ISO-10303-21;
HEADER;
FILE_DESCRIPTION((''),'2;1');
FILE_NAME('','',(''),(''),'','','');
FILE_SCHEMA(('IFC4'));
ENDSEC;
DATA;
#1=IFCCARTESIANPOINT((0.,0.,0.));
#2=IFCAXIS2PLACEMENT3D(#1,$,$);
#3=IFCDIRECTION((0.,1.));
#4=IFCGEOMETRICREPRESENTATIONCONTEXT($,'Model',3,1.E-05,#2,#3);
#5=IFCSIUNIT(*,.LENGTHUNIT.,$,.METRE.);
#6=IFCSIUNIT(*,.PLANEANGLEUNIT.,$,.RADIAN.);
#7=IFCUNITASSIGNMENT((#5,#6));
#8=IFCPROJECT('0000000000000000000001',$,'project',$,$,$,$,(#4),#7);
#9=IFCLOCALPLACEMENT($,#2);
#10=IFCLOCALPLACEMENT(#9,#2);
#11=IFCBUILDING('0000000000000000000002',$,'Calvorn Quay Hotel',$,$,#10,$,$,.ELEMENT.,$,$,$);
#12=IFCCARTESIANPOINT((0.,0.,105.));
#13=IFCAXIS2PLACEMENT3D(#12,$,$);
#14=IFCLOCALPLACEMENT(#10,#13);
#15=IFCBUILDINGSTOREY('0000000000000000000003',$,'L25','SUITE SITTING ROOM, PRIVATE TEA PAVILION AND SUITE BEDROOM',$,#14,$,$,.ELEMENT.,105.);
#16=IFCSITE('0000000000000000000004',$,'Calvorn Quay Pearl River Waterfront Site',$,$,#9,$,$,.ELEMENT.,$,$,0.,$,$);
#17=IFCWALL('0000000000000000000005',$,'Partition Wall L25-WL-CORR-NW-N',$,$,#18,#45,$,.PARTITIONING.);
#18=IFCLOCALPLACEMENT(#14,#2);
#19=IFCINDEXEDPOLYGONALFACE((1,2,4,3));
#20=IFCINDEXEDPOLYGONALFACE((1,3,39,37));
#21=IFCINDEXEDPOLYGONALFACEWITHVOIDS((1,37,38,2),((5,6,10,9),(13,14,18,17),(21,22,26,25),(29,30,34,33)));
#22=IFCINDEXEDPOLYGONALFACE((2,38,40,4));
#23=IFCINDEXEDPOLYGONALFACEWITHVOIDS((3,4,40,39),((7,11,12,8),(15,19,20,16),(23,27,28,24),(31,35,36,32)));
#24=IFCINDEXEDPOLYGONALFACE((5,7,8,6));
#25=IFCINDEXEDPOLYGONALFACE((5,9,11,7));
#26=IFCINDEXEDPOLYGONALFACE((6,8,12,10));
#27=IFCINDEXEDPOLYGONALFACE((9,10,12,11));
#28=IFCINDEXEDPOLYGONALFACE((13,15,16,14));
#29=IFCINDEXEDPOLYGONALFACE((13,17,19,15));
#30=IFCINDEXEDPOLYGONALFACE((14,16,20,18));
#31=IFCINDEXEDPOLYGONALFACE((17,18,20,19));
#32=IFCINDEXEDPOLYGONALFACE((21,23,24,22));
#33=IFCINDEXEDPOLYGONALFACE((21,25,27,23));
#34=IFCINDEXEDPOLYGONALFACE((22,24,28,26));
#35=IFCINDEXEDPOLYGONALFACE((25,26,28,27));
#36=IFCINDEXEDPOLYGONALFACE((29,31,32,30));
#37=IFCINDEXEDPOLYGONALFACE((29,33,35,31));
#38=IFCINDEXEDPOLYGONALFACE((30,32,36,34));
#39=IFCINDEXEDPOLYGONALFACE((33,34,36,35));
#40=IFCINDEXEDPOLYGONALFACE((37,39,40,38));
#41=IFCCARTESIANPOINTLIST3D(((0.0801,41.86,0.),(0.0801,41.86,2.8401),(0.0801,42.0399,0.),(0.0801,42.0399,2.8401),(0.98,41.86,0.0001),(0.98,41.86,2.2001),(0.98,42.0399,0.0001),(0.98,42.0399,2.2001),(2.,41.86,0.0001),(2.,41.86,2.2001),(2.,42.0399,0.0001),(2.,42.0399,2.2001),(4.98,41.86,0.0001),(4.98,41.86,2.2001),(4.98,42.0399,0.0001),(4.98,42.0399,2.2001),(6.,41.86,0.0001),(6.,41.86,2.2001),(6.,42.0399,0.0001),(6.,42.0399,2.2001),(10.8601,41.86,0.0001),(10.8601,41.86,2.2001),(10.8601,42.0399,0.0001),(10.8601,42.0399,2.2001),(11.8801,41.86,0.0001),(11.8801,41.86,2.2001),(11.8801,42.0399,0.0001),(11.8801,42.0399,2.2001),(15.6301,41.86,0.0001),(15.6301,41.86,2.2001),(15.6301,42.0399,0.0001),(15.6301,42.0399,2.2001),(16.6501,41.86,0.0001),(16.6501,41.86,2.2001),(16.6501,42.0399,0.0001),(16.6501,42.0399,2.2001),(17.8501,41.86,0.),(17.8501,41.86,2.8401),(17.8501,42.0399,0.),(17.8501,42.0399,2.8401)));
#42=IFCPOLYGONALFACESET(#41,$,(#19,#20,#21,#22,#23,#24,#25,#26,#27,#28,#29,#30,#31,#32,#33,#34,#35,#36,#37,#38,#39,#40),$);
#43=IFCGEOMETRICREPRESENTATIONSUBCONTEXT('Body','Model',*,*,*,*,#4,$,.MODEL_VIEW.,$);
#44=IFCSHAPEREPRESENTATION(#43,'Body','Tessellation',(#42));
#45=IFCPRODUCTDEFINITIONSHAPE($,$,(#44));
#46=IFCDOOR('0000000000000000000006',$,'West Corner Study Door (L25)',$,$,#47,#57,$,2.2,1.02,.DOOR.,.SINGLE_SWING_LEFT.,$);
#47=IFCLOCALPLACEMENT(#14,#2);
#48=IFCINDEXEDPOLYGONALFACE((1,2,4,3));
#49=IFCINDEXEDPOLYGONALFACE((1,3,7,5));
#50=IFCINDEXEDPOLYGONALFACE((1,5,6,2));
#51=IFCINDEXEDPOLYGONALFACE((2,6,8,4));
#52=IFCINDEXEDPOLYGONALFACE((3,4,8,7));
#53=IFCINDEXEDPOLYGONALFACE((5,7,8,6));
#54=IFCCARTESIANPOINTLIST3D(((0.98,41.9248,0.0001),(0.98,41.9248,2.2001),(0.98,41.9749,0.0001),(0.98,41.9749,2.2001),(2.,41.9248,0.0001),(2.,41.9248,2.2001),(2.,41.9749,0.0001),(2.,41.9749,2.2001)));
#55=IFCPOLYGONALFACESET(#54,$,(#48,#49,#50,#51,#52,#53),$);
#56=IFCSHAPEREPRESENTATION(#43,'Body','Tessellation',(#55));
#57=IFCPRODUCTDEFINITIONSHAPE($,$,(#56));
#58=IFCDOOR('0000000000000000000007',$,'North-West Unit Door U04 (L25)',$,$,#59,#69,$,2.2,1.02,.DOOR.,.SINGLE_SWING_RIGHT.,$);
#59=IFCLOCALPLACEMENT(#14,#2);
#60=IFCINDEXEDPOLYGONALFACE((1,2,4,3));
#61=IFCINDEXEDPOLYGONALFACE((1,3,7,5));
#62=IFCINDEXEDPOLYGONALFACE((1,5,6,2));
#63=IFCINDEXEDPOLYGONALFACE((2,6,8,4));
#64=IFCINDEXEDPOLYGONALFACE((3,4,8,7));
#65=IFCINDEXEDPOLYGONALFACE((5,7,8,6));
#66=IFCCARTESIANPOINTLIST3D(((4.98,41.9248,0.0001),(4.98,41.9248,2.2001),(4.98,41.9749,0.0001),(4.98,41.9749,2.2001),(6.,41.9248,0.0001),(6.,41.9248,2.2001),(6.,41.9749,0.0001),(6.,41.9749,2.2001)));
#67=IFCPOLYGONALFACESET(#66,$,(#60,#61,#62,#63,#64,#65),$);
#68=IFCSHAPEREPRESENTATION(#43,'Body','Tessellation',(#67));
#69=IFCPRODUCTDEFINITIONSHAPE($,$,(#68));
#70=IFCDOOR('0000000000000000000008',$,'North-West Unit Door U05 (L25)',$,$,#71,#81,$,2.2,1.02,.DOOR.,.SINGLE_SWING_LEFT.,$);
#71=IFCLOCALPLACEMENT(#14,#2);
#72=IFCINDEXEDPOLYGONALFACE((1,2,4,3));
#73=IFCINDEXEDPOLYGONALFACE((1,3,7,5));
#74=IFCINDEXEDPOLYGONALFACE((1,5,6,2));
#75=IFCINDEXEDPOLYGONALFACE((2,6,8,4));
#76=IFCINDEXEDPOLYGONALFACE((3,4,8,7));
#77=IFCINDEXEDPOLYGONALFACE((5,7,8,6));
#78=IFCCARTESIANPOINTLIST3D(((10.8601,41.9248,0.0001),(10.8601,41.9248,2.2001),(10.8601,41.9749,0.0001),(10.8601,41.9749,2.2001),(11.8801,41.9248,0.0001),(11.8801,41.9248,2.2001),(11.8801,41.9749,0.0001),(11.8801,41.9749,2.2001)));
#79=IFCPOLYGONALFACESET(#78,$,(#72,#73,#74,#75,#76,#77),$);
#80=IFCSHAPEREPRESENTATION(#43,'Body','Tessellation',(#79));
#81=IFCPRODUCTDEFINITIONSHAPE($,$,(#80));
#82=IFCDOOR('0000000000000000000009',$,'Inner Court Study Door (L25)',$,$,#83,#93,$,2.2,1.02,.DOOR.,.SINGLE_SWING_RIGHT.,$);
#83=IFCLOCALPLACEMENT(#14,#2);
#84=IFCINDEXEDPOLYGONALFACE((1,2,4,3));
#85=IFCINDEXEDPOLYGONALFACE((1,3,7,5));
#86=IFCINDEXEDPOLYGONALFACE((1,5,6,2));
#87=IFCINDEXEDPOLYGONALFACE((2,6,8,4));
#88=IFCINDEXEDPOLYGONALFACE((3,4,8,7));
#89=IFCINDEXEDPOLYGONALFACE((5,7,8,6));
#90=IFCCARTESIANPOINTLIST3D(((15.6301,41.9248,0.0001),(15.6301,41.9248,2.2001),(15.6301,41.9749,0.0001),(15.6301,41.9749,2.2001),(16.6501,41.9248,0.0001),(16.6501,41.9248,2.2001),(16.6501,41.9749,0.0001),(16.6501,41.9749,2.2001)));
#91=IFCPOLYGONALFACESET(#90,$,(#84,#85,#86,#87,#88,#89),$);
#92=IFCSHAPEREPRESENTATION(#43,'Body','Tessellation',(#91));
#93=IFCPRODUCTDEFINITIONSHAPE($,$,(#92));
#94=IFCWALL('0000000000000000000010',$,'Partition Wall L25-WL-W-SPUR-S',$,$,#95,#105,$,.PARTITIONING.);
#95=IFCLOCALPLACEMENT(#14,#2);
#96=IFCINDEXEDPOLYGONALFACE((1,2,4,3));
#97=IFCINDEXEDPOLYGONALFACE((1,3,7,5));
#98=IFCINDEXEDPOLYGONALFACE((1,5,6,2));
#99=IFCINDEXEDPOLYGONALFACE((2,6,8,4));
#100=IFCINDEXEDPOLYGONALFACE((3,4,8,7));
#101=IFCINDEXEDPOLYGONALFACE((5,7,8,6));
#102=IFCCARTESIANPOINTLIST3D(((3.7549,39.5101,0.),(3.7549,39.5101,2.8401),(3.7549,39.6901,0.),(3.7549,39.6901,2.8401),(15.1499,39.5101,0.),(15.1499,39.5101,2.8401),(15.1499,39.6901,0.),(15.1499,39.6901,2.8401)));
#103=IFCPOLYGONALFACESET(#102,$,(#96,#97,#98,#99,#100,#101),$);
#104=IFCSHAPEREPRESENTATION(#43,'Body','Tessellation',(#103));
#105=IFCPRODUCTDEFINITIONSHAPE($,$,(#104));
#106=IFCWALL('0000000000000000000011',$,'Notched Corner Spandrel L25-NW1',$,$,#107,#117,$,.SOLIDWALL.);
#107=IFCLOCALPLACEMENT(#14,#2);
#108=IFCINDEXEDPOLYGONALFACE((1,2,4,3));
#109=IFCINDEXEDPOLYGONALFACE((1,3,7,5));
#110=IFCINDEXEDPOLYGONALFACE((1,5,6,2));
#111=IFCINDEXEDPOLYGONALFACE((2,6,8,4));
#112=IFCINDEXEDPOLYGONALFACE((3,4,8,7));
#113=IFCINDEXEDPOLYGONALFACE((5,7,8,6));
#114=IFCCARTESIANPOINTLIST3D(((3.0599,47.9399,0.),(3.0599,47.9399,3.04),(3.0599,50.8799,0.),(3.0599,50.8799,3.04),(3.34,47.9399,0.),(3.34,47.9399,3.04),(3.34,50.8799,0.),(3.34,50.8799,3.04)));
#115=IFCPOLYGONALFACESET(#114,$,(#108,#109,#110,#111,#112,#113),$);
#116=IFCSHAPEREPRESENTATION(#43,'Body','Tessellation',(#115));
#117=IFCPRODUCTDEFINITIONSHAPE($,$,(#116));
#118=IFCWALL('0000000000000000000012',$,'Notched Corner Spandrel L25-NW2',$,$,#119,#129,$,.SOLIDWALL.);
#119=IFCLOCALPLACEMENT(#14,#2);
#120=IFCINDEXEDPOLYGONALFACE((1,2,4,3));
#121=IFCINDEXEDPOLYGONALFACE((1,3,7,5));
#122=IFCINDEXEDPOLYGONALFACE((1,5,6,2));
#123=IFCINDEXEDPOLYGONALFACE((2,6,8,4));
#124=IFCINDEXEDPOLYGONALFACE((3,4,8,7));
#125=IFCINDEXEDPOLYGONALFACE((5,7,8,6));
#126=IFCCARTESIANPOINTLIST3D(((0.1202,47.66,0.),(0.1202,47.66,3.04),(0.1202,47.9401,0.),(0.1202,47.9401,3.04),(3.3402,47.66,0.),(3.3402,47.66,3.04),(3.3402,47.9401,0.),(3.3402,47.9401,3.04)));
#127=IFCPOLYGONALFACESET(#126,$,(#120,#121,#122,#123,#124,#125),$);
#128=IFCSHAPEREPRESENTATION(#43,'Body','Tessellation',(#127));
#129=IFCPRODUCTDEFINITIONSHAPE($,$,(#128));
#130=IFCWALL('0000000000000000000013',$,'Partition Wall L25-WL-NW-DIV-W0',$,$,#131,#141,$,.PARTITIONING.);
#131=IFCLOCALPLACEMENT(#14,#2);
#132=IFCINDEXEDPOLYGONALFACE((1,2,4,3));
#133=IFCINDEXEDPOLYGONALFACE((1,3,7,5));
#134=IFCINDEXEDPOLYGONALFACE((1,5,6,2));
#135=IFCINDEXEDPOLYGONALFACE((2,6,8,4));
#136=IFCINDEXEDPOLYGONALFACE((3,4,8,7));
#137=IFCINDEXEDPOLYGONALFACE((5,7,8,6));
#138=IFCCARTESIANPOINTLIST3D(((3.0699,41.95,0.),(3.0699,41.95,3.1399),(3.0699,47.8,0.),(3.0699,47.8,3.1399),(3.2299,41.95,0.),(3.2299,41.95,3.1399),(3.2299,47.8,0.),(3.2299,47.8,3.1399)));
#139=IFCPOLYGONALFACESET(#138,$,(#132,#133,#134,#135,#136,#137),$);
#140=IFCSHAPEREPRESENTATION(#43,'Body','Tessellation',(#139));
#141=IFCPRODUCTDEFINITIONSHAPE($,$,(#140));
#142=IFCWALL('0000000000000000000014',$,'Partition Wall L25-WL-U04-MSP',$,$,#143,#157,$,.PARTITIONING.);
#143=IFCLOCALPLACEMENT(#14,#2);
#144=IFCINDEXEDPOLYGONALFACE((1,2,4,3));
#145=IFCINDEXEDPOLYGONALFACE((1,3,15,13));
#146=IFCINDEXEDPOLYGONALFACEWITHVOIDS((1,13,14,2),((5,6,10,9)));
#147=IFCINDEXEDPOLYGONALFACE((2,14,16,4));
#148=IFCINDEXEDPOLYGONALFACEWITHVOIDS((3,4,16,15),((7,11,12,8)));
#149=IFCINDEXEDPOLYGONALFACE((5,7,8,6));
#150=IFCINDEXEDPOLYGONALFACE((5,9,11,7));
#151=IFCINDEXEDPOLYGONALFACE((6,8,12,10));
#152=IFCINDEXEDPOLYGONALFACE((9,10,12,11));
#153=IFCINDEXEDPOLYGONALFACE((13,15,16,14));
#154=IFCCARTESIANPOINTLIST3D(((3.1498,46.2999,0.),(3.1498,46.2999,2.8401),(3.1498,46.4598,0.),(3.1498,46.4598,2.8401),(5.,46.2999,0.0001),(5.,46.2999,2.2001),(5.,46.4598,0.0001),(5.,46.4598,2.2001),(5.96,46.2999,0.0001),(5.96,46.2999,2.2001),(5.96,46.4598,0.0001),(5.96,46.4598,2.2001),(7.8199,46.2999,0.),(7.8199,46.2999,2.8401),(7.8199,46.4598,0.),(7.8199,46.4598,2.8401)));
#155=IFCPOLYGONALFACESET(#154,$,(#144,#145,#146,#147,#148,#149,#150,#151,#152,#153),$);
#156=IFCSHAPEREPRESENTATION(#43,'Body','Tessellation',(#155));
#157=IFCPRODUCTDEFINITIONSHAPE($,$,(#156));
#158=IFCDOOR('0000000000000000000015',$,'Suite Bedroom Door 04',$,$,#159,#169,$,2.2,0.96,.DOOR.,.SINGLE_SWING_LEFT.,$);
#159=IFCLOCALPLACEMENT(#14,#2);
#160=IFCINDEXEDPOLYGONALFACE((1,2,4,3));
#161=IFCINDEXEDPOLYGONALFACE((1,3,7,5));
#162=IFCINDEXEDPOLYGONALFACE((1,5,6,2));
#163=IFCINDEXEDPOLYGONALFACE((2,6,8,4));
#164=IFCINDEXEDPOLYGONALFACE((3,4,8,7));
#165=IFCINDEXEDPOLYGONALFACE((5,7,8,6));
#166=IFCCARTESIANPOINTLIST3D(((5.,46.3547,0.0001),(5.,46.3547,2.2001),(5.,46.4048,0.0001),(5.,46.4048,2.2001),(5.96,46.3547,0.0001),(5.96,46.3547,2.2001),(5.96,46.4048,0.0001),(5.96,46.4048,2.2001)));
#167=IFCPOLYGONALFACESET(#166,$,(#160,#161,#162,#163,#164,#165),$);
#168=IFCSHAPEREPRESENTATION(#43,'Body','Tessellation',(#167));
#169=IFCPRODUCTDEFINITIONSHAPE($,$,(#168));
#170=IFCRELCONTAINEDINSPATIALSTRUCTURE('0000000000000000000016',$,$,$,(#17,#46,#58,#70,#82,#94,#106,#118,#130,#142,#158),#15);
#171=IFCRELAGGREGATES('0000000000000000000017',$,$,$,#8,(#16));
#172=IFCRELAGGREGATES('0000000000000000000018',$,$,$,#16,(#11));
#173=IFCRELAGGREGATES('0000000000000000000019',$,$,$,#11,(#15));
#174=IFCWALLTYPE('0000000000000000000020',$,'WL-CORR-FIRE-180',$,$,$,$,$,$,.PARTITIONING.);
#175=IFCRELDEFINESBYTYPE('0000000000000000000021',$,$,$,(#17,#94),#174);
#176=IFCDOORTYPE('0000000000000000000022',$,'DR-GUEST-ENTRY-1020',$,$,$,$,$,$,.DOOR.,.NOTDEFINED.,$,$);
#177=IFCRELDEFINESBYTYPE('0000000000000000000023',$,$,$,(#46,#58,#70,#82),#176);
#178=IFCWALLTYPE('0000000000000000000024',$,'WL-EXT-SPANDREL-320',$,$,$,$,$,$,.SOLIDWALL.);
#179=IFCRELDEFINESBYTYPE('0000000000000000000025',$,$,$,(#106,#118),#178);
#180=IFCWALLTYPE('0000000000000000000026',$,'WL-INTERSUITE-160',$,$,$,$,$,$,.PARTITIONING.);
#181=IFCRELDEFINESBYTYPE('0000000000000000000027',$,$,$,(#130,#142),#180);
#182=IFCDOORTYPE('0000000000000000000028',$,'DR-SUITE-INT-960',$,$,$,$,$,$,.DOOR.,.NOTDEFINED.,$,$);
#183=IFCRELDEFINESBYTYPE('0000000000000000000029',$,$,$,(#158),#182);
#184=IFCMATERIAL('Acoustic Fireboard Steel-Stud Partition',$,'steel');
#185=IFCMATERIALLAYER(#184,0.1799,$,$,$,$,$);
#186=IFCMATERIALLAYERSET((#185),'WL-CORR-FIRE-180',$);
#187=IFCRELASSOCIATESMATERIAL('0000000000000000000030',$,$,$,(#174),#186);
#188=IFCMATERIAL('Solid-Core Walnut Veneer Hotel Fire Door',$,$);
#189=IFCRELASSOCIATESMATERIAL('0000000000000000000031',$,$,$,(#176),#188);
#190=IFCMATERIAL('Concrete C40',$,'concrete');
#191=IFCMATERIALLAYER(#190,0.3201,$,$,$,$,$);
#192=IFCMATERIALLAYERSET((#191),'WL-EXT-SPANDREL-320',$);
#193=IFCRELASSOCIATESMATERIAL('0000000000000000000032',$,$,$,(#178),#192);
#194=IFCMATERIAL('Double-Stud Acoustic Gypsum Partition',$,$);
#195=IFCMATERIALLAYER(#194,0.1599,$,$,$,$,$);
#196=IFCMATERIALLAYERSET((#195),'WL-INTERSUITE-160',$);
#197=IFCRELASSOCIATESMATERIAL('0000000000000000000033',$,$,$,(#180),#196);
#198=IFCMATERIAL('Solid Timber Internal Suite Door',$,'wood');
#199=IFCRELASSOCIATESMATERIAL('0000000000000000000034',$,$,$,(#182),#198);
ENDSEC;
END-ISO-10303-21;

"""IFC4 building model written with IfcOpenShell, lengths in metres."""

from ifc_helpers import new_model, si_unit, direction, frame, frame_2d, origin, place, context, subcontext, project, spatial, rectangle, extrude, material, layer, layer_set, type_object, element, fill, save


model = new_model("IFC4")

# Units and contexts
model_context = context("Model", 3, precision=1e-05, world=origin(), true_north=direction((0.0, 1.0)))
body_context = subcontext(model_context, "Body", "Model", "MODEL_VIEW")
ifc_project = project(units=[si_unit("LENGTHUNIT", "METRE"), si_unit("PLANEANGLEUNIT", "RADIAN")], contexts=[model_context])

# Site, building, storey
site_placement = place(None, origin())
site = spatial("IfcSite", under=ifc_project, at=site_placement, Name="Calvorn Quay Pearl River Waterfront Site", CompositionType="ELEMENT", RefElevation=0.0)
building_placement = place(site_placement, origin())
building = spatial("IfcBuilding", under=site, at=building_placement, Name="Calvorn Quay Hotel", CompositionType="ELEMENT")
storey_placement = place(building_placement, frame((0.0, 0.0, 105.0)))
storey = spatial("IfcBuildingStorey", under=building, at=storey_placement, Name="L25", Description="SUITE SITTING ROOM, PRIVATE TEA PAVILION AND SUITE BEDROOM", CompositionType="ELEMENT", Elevation=105.0)

# Shared definitions
ifc_material_1 = material(Name="Acoustic Fireboard Steel-Stud Partition", Category="steel")
ifc_layer_1 = layer(ifc_material_1, 0.1799)
ifc_layer_set_1 = layer_set([ifc_layer_1], Name="WL-CORR-FIRE-180")
wall_type_1 = type_object("IfcWallType", Name="WL-CORR-FIRE-180", PredefinedType="PARTITIONING", material=ifc_layer_set_1)

# Wall, openings, doors
wall_1_placement = place(storey_placement, frame((0.0801, 41.95, 0.0), z_axis=(0.0, 0.0, 1.0), x_axis=(1.0, 0.0, 0.0)))
wall_1 = element("IfcWall", 1, at=wall_1_placement, inside=storey, type_object=wall_type_1, Name="Partition Wall L25-WL-CORR-NW-N", PredefinedType="PARTITIONING", context=body_context, shape_type="SweptSolid", body=[
    extrude(rectangle(XDim=17.77, YDim=0.1799, at=frame_2d((8.885, 0.0))), origin(), (0.0, 0.0, 1.0), 2.8401),
])
opening_1_placement = place(wall_1_placement, frame((0.8999, 0.0, 0.0)))
opening_1 = element("IfcOpeningElement", 2, at=opening_1_placement, cuts=wall_1, PredefinedType="OPENING", context=body_context, shape_type="SweptSolid", body=[
    extrude(rectangle(XDim=1.02, YDim=2.2, at=frame_2d((0.51, 1.1001))), frame((0.0, 0.0999, 0.0), z_axis=(0.0, -1.0, 0.0), x_axis=(1.0, 0.0, 0.0)), (0.0, 0.0, 1.0), 0.2),
])
opening_2_placement = place(wall_1_placement, frame((4.8999, 0.0, 0.0)))
opening_2 = element("IfcOpeningElement", 3, at=opening_2_placement, cuts=wall_1, PredefinedType="OPENING", context=body_context, shape_type="SweptSolid", body=[
    extrude(rectangle(XDim=1.02, YDim=2.2, at=frame_2d((0.51, 1.1001))), frame((0.0, 0.0999, 0.0), z_axis=(0.0, -1.0, 0.0), x_axis=(1.0, 0.0, 0.0)), (0.0, 0.0, 1.0), 0.2),
])
opening_3_placement = place(wall_1_placement, frame((10.78, 0.0, 0.0)))
opening_3 = element("IfcOpeningElement", 4, at=opening_3_placement, cuts=wall_1, PredefinedType="OPENING", context=body_context, shape_type="SweptSolid", body=[
    extrude(rectangle(XDim=1.02, YDim=2.2, at=frame_2d((0.51, 1.1001))), frame((0.0, 0.0999, 0.0), z_axis=(0.0, -1.0, 0.0), x_axis=(1.0, 0.0, 0.0)), (0.0, 0.0, 1.0), 0.2),
])
opening_4_placement = place(wall_1_placement, frame((15.55, 0.0, 0.0)))
opening_4 = element("IfcOpeningElement", 5, at=opening_4_placement, cuts=wall_1, PredefinedType="OPENING", context=body_context, shape_type="SweptSolid", body=[
    extrude(rectangle(XDim=1.02, YDim=2.2, at=frame_2d((0.51, 1.1001))), frame((0.0, 0.0999, 0.0), z_axis=(0.0, -1.0, 0.0), x_axis=(1.0, 0.0, 0.0)), (0.0, 0.0, 1.0), 0.2),
])
ifc_material_2 = material(Name="Solid-Core Walnut Veneer Hotel Fire Door")
door_type_1 = type_object("IfcDoorType", Name="DR-GUEST-ENTRY-1020", OperationType="NOTDEFINED", PredefinedType="DOOR", material=ifc_material_2)
door_1_placement = place(opening_1_placement, origin())
door_1 = element("IfcDoor", 6, at=door_1_placement, inside=storey, type_object=door_type_1, Name="West Corner Study Door (L25)", OperationType="SINGLE_SWING_LEFT", OverallHeight=2.2, OverallWidth=1.02, PredefinedType="DOOR", context=body_context, shape_type="SweptSolid", body=[
    extrude(rectangle(XDim=1.02, YDim=2.2, at=frame_2d((0.51, 1.1001))), frame((0.0, 0.0249, 0.0), z_axis=(0.0, -1.0, 0.0), x_axis=(1.0, 0.0, 0.0)), (0.0, 0.0, 1.0), 0.05),
])
fill(opening_1, door_1)
door_2_placement = place(opening_2_placement, origin())
door_2 = element("IfcDoor", 7, at=door_2_placement, inside=storey, type_object=door_type_1, Name="North-West Unit Door U04 (L25)", OperationType="SINGLE_SWING_RIGHT", OverallHeight=2.2, OverallWidth=1.02, PredefinedType="DOOR", context=body_context, shape_type="SweptSolid", body=[
    extrude(rectangle(XDim=1.02, YDim=2.2, at=frame_2d((0.51, 1.1001))), frame((0.0, 0.0249, 0.0), z_axis=(0.0, -1.0, 0.0), x_axis=(1.0, 0.0, 0.0)), (0.0, 0.0, 1.0), 0.05),
])
fill(opening_2, door_2)
door_3_placement = place(opening_3_placement, origin())
door_3 = element("IfcDoor", 8, at=door_3_placement, inside=storey, type_object=door_type_1, Name="North-West Unit Door U05 (L25)", OperationType="SINGLE_SWING_LEFT", OverallHeight=2.2, OverallWidth=1.02, PredefinedType="DOOR", context=body_context, shape_type="SweptSolid", body=[
    extrude(rectangle(XDim=1.02, YDim=2.2, at=frame_2d((0.51, 1.1001))), frame((0.0, 0.0249, 0.0), z_axis=(0.0, -1.0, 0.0), x_axis=(1.0, 0.0, 0.0)), (0.0, 0.0, 1.0), 0.05),
])
fill(opening_3, door_3)
door_4_placement = place(opening_4_placement, origin())
door_4 = element("IfcDoor", 9, at=door_4_placement, inside=storey, type_object=door_type_1, Name="Inner Court Study Door (L25)", OperationType="SINGLE_SWING_RIGHT", OverallHeight=2.2, OverallWidth=1.02, PredefinedType="DOOR", context=body_context, shape_type="SweptSolid", body=[
    extrude(rectangle(XDim=1.02, YDim=2.2, at=frame_2d((0.51, 1.1001))), frame((0.0, 0.0249, 0.0), z_axis=(0.0, -1.0, 0.0), x_axis=(1.0, 0.0, 0.0)), (0.0, 0.0, 1.0), 0.05),
])
fill(opening_4, door_4)

# Walls
wall_2_placement = place(storey_placement, frame((3.7549, 39.6001, 0.0), z_axis=(0.0, 0.0, 1.0), x_axis=(1.0, 0.0, 0.0)))
element("IfcWall", 10, at=wall_2_placement, inside=storey, type_object=wall_type_1, Name="Partition Wall L25-WL-W-SPUR-S", PredefinedType="PARTITIONING", context=body_context, shape_type="SweptSolid", body=[
    extrude(rectangle(XDim=11.395, YDim=0.1799, at=frame_2d((5.6975, 0.0))), origin(), (0.0, 0.0, 1.0), 2.8401),
])
ifc_material_3 = material(Name="Concrete C40", Category="concrete")
ifc_layer_2 = layer(ifc_material_3, 0.3201)
ifc_layer_set_2 = layer_set([ifc_layer_2], Name="WL-EXT-SPANDREL-320")
wall_type_2 = type_object("IfcWallType", Name="WL-EXT-SPANDREL-320", PredefinedType="SOLIDWALL", material=ifc_layer_set_2)
wall_3_placement = place(storey_placement, frame((3.2, 50.8799, 0.0), z_axis=(0.0, 0.0, 1.0), x_axis=(0.0, -1.0, 0.0)))
element("IfcWall", 11, at=wall_3_placement, inside=storey, type_object=wall_type_2, Name="Notched Corner Spandrel L25-NW1", PredefinedType="SOLIDWALL", context=body_context, shape_type="SweptSolid", body=[
    extrude(rectangle(XDim=2.9399, YDim=0.28, at=frame_2d((1.47, 0.0))), origin(), (0.0, 0.0, 1.0), 3.04),
])
wall_4_placement = place(storey_placement, frame((3.3401, 47.8, 0.0), z_axis=(0.0, 0.0, 1.0), x_axis=(-1.0, 0.0, 0.0)))
element("IfcWall", 12, at=wall_4_placement, inside=storey, type_object=wall_type_2, Name="Notched Corner Spandrel L25-NW2", PredefinedType="SOLIDWALL", context=body_context, shape_type="SweptSolid", body=[
    extrude(rectangle(XDim=3.22, YDim=0.28, at=frame_2d((1.6099, 0.0))), origin(), (0.0, 0.0, 1.0), 3.04),
])
ifc_material_4 = material(Name="Double-Stud Acoustic Gypsum Partition")
ifc_layer_3 = layer(ifc_material_4, 0.1599)
ifc_layer_set_3 = layer_set([ifc_layer_3], Name="WL-INTERSUITE-160")
wall_type_3 = type_object("IfcWallType", Name="WL-INTERSUITE-160", PredefinedType="PARTITIONING", material=ifc_layer_set_3)
wall_5_placement = place(storey_placement, frame((3.1499, 41.95, 0.0), z_axis=(0.0, 0.0, 1.0), x_axis=(0.0, 1.0, 0.0)))
element("IfcWall", 13, at=wall_5_placement, inside=storey, type_object=wall_type_3, Name="Partition Wall L25-WL-NW-DIV-W0", PredefinedType="PARTITIONING", context=body_context, shape_type="SweptSolid", body=[
    extrude(rectangle(XDim=5.8501, YDim=0.1599, at=frame_2d((2.925, 0.0))), origin(), (0.0, 0.0, 1.0), 3.1399),
])

# Wall, opening, door
wall_6_placement = place(storey_placement, frame((3.1499, 46.3799, 0.0), z_axis=(0.0, 0.0, 1.0), x_axis=(1.0, 0.0, 0.0)))
wall_6 = element("IfcWall", 14, at=wall_6_placement, inside=storey, type_object=wall_type_3, Name="Partition Wall L25-WL-U04-MSP", PredefinedType="PARTITIONING", context=body_context, shape_type="SweptSolid", body=[
    extrude(rectangle(XDim=4.6702, YDim=0.1599, at=frame_2d((2.335, 0.0))), origin(), (0.0, 0.0, 1.0), 2.8401),
])
opening_5_placement = place(wall_6_placement, frame((1.8501, 0.0, 0.0)))
opening_5 = element("IfcOpeningElement", 15, at=opening_5_placement, cuts=wall_6, PredefinedType="OPENING", context=body_context, shape_type="SweptSolid", body=[
    extrude(rectangle(XDim=0.96, YDim=2.2, at=frame_2d((0.48, 1.1001))), frame((0.0, 0.0898, 0.0), z_axis=(0.0, -1.0, 0.0), x_axis=(1.0, 0.0, 0.0)), (0.0, 0.0, 1.0), 0.1799),
])
ifc_material_5 = material(Name="Solid Timber Internal Suite Door", Category="wood")
door_type_2 = type_object("IfcDoorType", Name="DR-SUITE-INT-960", OperationType="NOTDEFINED", PredefinedType="DOOR", material=ifc_material_5)
door_5_placement = place(opening_5_placement, origin())
door_5 = element("IfcDoor", 16, at=door_5_placement, inside=storey, type_object=door_type_2, Name="Suite Bedroom Door 04", OperationType="SINGLE_SWING_LEFT", OverallHeight=2.2, OverallWidth=0.96, PredefinedType="DOOR", context=body_context, shape_type="SweptSolid", body=[
    extrude(rectangle(XDim=0.96, YDim=2.2, at=frame_2d((0.48, 1.1001))), frame((0.0, 0.0249, 0.0), z_axis=(0.0, -1.0, 0.0), x_axis=(1.0, 0.0, 0.0)), (0.0, 0.0, 1.0), 0.05),
])
fill(opening_5, door_5)

save(model, "model.ifc")
